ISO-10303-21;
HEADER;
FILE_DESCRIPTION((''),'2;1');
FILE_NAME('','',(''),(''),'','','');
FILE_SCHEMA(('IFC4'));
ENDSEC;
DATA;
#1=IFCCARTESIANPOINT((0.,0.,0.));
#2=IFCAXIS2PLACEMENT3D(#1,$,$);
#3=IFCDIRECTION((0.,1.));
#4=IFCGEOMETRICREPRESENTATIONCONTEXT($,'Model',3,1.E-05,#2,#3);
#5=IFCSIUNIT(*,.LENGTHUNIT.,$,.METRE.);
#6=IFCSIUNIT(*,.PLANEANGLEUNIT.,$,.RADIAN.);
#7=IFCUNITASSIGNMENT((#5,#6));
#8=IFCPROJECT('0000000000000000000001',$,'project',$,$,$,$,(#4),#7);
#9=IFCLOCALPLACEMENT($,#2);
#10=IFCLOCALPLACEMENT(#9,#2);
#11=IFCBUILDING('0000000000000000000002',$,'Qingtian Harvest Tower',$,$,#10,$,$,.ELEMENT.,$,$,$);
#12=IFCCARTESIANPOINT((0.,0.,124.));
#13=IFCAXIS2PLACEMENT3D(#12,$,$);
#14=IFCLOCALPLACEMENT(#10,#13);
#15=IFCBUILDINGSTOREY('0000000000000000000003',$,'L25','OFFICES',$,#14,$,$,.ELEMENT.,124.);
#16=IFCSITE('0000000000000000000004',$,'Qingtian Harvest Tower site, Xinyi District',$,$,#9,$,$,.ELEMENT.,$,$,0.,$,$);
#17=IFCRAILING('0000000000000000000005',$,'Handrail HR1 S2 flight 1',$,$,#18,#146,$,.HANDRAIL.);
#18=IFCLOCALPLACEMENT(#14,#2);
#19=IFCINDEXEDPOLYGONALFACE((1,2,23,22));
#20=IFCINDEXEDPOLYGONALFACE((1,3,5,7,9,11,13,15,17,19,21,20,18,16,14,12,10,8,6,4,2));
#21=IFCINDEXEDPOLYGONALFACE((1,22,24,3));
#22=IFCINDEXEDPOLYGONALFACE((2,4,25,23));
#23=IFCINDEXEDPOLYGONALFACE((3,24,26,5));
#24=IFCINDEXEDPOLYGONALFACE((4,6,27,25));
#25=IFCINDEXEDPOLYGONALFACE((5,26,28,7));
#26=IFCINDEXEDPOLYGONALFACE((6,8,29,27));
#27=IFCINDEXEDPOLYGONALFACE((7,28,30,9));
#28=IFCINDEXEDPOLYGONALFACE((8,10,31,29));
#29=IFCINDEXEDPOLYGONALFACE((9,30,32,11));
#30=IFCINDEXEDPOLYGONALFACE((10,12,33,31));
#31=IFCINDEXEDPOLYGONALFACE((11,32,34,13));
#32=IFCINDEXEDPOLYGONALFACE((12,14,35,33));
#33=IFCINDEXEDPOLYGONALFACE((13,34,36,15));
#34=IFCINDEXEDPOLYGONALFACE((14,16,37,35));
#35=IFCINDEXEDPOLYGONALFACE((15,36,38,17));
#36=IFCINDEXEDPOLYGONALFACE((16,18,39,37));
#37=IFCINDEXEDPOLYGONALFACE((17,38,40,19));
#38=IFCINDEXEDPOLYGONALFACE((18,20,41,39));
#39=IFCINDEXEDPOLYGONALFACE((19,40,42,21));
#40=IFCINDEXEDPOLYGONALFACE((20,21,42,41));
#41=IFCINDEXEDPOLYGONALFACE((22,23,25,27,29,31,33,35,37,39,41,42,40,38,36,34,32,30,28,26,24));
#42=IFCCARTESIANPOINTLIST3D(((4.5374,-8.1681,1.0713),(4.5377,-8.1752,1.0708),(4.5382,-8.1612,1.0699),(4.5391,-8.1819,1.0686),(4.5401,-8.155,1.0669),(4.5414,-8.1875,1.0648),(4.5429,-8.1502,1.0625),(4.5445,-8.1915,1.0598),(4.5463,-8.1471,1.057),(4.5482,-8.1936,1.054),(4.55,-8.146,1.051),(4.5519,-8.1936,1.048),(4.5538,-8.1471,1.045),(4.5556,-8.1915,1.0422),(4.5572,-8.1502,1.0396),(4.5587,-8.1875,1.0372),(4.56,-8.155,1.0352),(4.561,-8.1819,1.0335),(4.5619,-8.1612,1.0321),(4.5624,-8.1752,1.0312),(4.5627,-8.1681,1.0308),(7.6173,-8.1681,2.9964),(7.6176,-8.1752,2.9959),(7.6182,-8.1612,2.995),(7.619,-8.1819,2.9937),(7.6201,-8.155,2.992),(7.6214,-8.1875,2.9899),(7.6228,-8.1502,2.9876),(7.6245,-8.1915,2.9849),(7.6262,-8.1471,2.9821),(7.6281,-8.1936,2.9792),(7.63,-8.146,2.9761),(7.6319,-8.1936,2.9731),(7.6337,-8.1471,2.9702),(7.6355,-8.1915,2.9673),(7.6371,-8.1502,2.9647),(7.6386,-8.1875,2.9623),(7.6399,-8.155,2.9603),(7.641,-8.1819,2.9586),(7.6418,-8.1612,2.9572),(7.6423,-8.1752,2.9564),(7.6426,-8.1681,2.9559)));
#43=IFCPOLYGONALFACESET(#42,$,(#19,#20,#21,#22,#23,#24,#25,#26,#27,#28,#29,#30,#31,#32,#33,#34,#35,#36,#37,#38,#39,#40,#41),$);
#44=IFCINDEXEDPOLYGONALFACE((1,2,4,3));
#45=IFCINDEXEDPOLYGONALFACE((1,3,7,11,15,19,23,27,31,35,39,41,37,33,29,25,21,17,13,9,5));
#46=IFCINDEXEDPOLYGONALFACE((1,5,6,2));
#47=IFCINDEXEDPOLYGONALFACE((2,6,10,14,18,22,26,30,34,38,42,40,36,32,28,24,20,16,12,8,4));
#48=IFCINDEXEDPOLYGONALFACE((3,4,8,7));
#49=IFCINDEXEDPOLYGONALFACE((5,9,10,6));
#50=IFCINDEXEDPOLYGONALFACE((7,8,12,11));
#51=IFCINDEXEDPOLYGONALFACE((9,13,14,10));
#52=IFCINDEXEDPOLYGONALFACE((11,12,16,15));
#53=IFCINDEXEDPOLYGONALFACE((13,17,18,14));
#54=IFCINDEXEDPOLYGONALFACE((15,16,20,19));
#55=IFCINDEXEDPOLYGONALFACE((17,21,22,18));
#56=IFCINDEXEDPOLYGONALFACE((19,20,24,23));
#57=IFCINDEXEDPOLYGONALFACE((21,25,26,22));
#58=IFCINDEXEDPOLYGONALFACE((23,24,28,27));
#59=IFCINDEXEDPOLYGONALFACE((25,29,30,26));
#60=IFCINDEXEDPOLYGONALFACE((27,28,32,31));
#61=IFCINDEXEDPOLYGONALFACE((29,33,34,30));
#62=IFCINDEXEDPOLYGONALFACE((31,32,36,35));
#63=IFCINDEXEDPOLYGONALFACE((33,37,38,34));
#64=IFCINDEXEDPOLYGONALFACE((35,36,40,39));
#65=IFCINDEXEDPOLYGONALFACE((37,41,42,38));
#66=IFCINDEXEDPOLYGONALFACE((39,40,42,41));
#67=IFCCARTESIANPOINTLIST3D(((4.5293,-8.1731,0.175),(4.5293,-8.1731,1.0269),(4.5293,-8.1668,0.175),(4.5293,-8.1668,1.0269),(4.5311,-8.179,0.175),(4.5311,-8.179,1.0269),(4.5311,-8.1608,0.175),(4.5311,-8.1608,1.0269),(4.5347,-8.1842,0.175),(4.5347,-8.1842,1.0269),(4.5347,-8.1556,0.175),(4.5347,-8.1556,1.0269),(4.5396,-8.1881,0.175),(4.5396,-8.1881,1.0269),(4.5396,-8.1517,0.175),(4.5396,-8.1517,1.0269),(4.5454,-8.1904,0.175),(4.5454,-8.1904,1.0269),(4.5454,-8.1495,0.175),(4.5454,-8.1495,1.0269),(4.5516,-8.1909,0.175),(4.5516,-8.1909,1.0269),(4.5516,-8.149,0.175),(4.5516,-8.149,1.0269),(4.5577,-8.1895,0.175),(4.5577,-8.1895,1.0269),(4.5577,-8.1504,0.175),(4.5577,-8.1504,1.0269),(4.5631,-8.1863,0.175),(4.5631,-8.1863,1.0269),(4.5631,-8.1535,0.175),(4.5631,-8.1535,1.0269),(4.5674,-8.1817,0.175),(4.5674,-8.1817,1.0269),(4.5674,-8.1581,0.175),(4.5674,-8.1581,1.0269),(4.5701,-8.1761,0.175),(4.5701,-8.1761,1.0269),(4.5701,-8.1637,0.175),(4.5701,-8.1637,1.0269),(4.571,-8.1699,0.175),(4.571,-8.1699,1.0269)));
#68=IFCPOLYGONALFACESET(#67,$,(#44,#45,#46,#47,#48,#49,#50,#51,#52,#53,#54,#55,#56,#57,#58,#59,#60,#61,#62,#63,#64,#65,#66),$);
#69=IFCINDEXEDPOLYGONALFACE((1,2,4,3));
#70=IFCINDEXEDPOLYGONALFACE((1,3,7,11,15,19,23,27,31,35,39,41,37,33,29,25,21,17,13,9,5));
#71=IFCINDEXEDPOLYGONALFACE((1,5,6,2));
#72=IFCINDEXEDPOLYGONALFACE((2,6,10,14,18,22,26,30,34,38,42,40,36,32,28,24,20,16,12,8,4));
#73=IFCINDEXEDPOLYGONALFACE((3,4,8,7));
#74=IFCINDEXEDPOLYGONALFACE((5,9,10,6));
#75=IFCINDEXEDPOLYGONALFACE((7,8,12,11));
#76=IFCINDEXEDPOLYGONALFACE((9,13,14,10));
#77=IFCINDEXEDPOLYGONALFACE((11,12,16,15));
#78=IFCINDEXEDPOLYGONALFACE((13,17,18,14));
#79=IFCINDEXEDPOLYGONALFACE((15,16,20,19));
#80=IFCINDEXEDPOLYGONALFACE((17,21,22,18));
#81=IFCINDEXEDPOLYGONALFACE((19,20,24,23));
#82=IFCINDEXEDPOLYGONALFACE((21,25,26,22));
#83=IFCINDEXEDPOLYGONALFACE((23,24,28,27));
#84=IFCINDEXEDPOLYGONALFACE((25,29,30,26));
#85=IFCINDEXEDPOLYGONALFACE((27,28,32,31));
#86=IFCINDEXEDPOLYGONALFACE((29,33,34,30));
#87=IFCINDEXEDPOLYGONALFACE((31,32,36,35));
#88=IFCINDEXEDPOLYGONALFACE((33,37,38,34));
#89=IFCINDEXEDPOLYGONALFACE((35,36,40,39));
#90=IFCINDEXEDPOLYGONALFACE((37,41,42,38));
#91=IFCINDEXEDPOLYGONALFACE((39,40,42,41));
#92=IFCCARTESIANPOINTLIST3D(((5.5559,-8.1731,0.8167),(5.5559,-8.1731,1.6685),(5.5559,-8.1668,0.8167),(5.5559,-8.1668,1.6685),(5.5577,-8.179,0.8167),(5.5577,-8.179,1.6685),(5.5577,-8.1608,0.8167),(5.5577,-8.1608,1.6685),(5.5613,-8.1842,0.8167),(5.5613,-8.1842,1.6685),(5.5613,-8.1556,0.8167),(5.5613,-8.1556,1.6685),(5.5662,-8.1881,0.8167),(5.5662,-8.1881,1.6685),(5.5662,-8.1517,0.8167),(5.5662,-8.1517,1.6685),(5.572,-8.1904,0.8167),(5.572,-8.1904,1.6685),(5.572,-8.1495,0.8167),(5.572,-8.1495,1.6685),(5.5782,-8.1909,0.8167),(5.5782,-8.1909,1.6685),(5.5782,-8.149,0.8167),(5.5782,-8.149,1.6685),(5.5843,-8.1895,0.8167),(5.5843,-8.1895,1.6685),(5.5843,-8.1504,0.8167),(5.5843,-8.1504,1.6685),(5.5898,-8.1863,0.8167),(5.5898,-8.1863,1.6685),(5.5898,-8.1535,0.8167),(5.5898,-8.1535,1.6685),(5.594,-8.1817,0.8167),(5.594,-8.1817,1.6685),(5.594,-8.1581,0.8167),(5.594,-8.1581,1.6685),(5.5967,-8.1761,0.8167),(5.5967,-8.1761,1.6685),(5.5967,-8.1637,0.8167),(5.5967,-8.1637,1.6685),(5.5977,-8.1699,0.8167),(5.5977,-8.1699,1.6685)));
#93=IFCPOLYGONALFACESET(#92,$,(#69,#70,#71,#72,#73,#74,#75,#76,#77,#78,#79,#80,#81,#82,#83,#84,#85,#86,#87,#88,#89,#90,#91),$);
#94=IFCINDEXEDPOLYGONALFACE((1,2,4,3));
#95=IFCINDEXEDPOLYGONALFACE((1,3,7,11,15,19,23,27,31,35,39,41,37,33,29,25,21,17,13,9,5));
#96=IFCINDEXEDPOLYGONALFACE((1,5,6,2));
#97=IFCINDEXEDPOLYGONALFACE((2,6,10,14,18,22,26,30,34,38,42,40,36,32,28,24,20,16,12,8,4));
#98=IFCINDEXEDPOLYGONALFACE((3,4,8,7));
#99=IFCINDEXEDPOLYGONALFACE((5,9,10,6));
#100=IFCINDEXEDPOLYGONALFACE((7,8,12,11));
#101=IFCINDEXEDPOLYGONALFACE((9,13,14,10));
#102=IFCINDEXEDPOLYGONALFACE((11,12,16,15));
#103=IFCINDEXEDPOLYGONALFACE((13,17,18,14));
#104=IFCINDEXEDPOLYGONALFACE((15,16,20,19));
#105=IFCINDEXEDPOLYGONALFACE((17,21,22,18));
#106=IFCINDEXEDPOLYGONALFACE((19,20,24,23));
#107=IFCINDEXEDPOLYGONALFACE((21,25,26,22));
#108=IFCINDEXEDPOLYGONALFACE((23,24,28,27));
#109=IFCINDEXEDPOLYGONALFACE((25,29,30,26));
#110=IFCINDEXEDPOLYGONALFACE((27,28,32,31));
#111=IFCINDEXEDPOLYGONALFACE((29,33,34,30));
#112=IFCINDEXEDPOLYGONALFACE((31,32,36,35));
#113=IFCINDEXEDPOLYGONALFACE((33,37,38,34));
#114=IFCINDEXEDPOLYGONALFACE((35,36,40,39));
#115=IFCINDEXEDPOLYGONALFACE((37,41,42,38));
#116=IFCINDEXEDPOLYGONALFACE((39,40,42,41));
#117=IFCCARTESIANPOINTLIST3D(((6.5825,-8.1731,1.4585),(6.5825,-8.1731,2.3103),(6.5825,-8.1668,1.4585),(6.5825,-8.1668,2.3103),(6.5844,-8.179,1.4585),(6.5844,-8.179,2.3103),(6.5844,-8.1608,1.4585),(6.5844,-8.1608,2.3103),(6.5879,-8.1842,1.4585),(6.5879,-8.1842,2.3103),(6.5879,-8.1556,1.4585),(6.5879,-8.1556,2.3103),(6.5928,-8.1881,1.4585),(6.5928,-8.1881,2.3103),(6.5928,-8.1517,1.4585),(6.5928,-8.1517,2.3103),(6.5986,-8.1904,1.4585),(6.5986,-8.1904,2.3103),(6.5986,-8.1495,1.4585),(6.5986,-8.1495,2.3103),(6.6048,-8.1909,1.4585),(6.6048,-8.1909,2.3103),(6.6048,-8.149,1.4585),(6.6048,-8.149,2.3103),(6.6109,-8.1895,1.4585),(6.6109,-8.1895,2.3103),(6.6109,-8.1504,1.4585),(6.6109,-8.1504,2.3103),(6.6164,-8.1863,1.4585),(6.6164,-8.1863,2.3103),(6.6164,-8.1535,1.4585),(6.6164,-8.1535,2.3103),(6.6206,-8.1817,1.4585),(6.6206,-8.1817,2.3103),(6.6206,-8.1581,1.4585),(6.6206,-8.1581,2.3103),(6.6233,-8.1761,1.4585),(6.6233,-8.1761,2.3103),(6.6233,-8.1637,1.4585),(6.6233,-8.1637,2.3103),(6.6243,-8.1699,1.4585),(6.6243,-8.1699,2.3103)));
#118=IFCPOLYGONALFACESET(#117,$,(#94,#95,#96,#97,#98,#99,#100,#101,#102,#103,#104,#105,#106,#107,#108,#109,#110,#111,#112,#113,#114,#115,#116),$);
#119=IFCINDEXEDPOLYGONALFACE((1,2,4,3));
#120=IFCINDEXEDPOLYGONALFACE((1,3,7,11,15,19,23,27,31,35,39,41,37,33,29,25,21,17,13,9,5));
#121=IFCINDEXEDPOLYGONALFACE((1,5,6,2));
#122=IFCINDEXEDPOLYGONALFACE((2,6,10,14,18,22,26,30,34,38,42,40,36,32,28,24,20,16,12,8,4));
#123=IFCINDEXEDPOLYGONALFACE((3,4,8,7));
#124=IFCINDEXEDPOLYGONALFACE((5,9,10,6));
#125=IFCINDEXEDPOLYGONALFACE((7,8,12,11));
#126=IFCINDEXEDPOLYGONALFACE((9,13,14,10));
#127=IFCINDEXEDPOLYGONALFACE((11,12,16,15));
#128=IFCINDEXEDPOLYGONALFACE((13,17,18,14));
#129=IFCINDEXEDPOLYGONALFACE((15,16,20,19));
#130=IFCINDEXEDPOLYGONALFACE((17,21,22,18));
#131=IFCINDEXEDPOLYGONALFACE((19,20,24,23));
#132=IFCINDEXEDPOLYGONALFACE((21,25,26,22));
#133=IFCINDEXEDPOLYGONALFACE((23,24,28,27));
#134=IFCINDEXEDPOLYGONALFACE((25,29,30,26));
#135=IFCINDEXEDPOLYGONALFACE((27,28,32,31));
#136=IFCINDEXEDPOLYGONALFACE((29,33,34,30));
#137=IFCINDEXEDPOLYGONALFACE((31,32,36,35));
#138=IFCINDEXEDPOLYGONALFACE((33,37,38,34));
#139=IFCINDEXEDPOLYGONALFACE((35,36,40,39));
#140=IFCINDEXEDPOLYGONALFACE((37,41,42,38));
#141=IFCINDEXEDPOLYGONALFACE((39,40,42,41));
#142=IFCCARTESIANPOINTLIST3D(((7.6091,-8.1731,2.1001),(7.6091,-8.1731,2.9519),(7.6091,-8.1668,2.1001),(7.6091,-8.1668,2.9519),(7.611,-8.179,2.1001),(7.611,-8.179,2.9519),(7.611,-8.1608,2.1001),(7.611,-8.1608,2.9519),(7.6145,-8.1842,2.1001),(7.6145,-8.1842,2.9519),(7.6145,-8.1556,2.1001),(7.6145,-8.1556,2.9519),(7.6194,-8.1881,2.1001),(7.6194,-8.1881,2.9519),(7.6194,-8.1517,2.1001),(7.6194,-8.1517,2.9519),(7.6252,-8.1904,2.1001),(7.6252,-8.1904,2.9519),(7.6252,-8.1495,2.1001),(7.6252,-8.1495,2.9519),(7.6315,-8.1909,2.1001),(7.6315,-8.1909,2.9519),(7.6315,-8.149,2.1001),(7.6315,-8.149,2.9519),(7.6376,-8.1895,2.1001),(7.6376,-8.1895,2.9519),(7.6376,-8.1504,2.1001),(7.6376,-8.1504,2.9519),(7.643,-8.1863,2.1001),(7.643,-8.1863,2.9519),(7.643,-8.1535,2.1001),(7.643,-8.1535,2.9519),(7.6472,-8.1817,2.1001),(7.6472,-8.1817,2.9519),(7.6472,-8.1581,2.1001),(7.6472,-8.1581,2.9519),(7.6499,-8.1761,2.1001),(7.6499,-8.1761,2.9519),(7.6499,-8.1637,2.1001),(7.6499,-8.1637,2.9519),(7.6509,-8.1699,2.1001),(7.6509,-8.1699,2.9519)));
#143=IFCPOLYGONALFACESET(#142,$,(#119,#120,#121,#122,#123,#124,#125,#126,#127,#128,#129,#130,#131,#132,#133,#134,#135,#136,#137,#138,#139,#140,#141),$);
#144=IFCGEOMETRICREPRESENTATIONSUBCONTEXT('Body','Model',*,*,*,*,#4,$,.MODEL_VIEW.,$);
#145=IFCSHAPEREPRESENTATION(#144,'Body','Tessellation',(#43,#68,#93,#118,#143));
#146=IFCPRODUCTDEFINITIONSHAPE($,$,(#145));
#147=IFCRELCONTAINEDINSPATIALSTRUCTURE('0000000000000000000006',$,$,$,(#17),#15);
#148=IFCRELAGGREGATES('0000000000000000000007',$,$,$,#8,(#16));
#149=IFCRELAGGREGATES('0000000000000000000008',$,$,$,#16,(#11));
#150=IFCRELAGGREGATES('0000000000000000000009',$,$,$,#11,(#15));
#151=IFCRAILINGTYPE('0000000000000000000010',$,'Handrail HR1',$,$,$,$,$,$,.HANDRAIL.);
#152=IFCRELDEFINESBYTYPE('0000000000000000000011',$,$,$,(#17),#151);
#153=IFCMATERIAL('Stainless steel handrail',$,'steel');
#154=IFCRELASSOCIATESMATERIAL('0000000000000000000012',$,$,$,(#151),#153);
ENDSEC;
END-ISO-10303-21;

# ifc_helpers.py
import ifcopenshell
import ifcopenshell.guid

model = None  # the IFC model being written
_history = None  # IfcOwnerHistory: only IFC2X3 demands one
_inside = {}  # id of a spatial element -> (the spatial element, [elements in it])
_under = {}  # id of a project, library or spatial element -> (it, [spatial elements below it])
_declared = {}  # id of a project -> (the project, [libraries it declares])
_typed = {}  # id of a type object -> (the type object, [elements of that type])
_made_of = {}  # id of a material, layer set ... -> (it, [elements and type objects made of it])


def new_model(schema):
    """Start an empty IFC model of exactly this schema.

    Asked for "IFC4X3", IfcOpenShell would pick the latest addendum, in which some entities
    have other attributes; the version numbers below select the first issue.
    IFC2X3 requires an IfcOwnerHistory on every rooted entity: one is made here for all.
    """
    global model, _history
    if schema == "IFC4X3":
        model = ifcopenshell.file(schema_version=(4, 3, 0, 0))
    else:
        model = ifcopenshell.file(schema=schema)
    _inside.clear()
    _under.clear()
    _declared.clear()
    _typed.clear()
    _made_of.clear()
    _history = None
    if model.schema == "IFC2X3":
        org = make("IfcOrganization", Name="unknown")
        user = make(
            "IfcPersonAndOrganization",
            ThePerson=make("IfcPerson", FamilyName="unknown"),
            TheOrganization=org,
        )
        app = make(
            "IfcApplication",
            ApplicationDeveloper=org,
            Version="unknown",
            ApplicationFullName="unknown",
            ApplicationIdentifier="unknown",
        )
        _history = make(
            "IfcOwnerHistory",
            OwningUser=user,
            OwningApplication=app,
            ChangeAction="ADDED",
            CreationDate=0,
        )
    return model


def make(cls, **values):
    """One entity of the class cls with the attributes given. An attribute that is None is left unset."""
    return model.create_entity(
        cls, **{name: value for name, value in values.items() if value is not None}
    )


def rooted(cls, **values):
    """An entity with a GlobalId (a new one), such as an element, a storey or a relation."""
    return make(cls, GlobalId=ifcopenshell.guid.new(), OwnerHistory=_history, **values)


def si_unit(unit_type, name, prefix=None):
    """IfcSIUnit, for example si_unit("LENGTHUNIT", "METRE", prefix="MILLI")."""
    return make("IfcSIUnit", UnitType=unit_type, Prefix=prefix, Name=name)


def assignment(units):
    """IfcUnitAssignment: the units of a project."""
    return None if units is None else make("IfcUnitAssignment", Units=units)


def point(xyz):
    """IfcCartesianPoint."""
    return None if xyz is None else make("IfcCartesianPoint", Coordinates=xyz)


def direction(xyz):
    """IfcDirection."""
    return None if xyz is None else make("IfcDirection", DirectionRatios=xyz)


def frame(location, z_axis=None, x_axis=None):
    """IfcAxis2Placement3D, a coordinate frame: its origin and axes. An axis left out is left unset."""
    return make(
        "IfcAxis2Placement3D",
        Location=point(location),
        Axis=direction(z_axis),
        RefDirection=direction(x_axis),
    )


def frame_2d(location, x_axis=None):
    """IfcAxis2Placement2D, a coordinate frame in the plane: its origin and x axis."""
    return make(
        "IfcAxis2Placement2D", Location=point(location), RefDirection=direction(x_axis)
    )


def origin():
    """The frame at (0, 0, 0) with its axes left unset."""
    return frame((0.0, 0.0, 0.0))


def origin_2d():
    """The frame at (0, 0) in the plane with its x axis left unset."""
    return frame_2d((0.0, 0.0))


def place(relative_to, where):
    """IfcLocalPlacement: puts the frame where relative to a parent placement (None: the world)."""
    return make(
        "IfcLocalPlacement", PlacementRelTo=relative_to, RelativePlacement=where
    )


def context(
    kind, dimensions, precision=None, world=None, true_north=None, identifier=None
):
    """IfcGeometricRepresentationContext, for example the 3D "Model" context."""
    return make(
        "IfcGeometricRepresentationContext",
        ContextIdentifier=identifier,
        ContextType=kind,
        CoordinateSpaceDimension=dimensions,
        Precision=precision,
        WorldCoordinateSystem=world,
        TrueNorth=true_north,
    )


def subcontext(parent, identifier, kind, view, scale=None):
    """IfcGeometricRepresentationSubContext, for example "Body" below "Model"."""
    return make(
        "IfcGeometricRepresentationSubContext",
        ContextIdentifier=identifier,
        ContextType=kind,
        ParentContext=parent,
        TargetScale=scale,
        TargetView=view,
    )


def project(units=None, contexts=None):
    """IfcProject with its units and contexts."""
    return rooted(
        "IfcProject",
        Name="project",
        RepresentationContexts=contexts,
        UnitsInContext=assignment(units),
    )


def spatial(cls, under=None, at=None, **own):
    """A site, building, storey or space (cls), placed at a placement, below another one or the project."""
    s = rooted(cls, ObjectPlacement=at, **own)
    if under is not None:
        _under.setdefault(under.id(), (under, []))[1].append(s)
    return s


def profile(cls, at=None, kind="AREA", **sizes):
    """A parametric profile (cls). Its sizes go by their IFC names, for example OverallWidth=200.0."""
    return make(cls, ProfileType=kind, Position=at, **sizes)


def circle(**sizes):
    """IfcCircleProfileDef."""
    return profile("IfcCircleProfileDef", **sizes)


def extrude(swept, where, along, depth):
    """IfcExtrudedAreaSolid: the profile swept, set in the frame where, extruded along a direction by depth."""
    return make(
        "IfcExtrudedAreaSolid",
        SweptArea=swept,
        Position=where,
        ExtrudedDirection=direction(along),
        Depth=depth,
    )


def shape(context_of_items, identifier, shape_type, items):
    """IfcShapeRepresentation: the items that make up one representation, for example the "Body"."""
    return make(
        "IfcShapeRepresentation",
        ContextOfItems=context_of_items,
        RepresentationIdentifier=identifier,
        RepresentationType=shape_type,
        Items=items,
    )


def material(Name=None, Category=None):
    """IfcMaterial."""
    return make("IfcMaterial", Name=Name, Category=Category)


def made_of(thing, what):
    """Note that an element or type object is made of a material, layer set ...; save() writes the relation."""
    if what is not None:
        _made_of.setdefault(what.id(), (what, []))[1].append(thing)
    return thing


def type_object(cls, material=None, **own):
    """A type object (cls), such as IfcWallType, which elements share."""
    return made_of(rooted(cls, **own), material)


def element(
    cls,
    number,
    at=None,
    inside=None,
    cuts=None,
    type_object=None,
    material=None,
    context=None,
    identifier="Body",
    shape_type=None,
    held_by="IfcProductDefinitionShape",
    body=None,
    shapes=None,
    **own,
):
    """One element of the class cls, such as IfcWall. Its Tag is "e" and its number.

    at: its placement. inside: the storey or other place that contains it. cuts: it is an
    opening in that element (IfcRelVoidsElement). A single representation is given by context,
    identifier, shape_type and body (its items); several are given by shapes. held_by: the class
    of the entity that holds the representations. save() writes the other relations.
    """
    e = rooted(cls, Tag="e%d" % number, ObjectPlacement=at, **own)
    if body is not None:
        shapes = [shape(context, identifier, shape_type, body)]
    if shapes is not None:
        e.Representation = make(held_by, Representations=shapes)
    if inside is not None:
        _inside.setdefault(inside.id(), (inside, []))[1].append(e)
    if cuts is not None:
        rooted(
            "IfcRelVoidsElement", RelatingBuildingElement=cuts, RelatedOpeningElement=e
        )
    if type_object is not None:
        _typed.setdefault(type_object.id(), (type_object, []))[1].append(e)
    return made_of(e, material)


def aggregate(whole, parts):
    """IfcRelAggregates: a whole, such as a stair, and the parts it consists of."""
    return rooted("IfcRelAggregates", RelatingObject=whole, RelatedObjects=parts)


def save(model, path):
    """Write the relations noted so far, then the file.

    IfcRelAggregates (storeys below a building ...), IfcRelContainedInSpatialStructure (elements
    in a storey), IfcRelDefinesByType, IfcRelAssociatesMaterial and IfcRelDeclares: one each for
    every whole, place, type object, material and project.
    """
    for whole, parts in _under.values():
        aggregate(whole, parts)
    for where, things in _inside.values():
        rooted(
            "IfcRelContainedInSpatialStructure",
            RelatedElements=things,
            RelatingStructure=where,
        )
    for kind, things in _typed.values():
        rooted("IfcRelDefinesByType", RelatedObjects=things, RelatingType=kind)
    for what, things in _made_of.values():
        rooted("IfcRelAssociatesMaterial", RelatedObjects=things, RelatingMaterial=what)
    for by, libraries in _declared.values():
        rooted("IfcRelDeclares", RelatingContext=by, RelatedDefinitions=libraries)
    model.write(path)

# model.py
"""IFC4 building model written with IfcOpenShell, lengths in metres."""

from ifc_helpers import new_model, si_unit, direction, frame, origin, origin_2d, place, context, subcontext, project, spatial, circle, extrude, material, type_object, element, save


model = new_model("IFC4")

# Units and contexts
model_context = context("Model", 3, precision=1e-05, world=origin(), true_north=direction((0.0, 1.0)))
body_context = subcontext(model_context, "Body", "Model", "MODEL_VIEW")
ifc_project = project(units=[si_unit("LENGTHUNIT", "METRE"), si_unit("PLANEANGLEUNIT", "RADIAN")], contexts=[model_context])

# Site, building, storey
site_placement = place(None, origin())
site = spatial("IfcSite", under=ifc_project, at=site_placement, Name="Qingtian Harvest Tower site, Xinyi District", CompositionType="ELEMENT", RefElevation=0.0)
building_placement = place(site_placement, origin())
building = spatial("IfcBuilding", under=site, at=building_placement, Name="Qingtian Harvest Tower", CompositionType="ELEMENT")
storey_placement = place(building_placement, frame((0.0, 0.0, 124.0)))
storey = spatial("IfcBuildingStorey", under=building, at=storey_placement, Name="L25", Description="OFFICES", CompositionType="ELEMENT", Elevation=124.0)

# Railing
ifc_material_1 = material(Name="Stainless steel handrail", Category="steel")
railing_type = type_object("IfcRailingType", Name="Handrail HR1", PredefinedType="HANDRAIL", material=ifc_material_1)
railing_1_placement = place(storey_placement, frame((4.55, -8.1699, 0.175)))
element("IfcRailing", 1, at=railing_1_placement, inside=storey, type_object=railing_type, Name="Handrail HR1 S2 flight 1", PredefinedType="HANDRAIL", context=body_context, shape_type="SweptSolid", body=[
    extrude(circle(Radius=0.0239, at=origin_2d()), frame((0.0, 0.0, 0.876), z_axis=(0.847979, 0.0, 0.530029), x_axis=(0.0, 1.0, 0.0)), (0.0, 0.0, 1.0), 3.6321),
    extrude(circle(Radius=0.021, at=origin_2d()), origin(), (0.0, 0.0, 1.0), 0.8518),
    extrude(circle(Radius=0.021, at=origin_2d()), frame((1.0266, 0.0, 0.6416)), (0.0, 0.0, 1.0), 0.8518),
    extrude(circle(Radius=0.021, at=origin_2d()), frame((2.0532, 0.0, 1.2834)), (0.0, 0.0, 1.0), 0.8518),
    extrude(circle(Radius=0.021, at=origin_2d()), frame((3.0798, 0.0, 1.925)), (0.0, 0.0, 1.0), 0.8518),
])

save(model, "model.ifc")
